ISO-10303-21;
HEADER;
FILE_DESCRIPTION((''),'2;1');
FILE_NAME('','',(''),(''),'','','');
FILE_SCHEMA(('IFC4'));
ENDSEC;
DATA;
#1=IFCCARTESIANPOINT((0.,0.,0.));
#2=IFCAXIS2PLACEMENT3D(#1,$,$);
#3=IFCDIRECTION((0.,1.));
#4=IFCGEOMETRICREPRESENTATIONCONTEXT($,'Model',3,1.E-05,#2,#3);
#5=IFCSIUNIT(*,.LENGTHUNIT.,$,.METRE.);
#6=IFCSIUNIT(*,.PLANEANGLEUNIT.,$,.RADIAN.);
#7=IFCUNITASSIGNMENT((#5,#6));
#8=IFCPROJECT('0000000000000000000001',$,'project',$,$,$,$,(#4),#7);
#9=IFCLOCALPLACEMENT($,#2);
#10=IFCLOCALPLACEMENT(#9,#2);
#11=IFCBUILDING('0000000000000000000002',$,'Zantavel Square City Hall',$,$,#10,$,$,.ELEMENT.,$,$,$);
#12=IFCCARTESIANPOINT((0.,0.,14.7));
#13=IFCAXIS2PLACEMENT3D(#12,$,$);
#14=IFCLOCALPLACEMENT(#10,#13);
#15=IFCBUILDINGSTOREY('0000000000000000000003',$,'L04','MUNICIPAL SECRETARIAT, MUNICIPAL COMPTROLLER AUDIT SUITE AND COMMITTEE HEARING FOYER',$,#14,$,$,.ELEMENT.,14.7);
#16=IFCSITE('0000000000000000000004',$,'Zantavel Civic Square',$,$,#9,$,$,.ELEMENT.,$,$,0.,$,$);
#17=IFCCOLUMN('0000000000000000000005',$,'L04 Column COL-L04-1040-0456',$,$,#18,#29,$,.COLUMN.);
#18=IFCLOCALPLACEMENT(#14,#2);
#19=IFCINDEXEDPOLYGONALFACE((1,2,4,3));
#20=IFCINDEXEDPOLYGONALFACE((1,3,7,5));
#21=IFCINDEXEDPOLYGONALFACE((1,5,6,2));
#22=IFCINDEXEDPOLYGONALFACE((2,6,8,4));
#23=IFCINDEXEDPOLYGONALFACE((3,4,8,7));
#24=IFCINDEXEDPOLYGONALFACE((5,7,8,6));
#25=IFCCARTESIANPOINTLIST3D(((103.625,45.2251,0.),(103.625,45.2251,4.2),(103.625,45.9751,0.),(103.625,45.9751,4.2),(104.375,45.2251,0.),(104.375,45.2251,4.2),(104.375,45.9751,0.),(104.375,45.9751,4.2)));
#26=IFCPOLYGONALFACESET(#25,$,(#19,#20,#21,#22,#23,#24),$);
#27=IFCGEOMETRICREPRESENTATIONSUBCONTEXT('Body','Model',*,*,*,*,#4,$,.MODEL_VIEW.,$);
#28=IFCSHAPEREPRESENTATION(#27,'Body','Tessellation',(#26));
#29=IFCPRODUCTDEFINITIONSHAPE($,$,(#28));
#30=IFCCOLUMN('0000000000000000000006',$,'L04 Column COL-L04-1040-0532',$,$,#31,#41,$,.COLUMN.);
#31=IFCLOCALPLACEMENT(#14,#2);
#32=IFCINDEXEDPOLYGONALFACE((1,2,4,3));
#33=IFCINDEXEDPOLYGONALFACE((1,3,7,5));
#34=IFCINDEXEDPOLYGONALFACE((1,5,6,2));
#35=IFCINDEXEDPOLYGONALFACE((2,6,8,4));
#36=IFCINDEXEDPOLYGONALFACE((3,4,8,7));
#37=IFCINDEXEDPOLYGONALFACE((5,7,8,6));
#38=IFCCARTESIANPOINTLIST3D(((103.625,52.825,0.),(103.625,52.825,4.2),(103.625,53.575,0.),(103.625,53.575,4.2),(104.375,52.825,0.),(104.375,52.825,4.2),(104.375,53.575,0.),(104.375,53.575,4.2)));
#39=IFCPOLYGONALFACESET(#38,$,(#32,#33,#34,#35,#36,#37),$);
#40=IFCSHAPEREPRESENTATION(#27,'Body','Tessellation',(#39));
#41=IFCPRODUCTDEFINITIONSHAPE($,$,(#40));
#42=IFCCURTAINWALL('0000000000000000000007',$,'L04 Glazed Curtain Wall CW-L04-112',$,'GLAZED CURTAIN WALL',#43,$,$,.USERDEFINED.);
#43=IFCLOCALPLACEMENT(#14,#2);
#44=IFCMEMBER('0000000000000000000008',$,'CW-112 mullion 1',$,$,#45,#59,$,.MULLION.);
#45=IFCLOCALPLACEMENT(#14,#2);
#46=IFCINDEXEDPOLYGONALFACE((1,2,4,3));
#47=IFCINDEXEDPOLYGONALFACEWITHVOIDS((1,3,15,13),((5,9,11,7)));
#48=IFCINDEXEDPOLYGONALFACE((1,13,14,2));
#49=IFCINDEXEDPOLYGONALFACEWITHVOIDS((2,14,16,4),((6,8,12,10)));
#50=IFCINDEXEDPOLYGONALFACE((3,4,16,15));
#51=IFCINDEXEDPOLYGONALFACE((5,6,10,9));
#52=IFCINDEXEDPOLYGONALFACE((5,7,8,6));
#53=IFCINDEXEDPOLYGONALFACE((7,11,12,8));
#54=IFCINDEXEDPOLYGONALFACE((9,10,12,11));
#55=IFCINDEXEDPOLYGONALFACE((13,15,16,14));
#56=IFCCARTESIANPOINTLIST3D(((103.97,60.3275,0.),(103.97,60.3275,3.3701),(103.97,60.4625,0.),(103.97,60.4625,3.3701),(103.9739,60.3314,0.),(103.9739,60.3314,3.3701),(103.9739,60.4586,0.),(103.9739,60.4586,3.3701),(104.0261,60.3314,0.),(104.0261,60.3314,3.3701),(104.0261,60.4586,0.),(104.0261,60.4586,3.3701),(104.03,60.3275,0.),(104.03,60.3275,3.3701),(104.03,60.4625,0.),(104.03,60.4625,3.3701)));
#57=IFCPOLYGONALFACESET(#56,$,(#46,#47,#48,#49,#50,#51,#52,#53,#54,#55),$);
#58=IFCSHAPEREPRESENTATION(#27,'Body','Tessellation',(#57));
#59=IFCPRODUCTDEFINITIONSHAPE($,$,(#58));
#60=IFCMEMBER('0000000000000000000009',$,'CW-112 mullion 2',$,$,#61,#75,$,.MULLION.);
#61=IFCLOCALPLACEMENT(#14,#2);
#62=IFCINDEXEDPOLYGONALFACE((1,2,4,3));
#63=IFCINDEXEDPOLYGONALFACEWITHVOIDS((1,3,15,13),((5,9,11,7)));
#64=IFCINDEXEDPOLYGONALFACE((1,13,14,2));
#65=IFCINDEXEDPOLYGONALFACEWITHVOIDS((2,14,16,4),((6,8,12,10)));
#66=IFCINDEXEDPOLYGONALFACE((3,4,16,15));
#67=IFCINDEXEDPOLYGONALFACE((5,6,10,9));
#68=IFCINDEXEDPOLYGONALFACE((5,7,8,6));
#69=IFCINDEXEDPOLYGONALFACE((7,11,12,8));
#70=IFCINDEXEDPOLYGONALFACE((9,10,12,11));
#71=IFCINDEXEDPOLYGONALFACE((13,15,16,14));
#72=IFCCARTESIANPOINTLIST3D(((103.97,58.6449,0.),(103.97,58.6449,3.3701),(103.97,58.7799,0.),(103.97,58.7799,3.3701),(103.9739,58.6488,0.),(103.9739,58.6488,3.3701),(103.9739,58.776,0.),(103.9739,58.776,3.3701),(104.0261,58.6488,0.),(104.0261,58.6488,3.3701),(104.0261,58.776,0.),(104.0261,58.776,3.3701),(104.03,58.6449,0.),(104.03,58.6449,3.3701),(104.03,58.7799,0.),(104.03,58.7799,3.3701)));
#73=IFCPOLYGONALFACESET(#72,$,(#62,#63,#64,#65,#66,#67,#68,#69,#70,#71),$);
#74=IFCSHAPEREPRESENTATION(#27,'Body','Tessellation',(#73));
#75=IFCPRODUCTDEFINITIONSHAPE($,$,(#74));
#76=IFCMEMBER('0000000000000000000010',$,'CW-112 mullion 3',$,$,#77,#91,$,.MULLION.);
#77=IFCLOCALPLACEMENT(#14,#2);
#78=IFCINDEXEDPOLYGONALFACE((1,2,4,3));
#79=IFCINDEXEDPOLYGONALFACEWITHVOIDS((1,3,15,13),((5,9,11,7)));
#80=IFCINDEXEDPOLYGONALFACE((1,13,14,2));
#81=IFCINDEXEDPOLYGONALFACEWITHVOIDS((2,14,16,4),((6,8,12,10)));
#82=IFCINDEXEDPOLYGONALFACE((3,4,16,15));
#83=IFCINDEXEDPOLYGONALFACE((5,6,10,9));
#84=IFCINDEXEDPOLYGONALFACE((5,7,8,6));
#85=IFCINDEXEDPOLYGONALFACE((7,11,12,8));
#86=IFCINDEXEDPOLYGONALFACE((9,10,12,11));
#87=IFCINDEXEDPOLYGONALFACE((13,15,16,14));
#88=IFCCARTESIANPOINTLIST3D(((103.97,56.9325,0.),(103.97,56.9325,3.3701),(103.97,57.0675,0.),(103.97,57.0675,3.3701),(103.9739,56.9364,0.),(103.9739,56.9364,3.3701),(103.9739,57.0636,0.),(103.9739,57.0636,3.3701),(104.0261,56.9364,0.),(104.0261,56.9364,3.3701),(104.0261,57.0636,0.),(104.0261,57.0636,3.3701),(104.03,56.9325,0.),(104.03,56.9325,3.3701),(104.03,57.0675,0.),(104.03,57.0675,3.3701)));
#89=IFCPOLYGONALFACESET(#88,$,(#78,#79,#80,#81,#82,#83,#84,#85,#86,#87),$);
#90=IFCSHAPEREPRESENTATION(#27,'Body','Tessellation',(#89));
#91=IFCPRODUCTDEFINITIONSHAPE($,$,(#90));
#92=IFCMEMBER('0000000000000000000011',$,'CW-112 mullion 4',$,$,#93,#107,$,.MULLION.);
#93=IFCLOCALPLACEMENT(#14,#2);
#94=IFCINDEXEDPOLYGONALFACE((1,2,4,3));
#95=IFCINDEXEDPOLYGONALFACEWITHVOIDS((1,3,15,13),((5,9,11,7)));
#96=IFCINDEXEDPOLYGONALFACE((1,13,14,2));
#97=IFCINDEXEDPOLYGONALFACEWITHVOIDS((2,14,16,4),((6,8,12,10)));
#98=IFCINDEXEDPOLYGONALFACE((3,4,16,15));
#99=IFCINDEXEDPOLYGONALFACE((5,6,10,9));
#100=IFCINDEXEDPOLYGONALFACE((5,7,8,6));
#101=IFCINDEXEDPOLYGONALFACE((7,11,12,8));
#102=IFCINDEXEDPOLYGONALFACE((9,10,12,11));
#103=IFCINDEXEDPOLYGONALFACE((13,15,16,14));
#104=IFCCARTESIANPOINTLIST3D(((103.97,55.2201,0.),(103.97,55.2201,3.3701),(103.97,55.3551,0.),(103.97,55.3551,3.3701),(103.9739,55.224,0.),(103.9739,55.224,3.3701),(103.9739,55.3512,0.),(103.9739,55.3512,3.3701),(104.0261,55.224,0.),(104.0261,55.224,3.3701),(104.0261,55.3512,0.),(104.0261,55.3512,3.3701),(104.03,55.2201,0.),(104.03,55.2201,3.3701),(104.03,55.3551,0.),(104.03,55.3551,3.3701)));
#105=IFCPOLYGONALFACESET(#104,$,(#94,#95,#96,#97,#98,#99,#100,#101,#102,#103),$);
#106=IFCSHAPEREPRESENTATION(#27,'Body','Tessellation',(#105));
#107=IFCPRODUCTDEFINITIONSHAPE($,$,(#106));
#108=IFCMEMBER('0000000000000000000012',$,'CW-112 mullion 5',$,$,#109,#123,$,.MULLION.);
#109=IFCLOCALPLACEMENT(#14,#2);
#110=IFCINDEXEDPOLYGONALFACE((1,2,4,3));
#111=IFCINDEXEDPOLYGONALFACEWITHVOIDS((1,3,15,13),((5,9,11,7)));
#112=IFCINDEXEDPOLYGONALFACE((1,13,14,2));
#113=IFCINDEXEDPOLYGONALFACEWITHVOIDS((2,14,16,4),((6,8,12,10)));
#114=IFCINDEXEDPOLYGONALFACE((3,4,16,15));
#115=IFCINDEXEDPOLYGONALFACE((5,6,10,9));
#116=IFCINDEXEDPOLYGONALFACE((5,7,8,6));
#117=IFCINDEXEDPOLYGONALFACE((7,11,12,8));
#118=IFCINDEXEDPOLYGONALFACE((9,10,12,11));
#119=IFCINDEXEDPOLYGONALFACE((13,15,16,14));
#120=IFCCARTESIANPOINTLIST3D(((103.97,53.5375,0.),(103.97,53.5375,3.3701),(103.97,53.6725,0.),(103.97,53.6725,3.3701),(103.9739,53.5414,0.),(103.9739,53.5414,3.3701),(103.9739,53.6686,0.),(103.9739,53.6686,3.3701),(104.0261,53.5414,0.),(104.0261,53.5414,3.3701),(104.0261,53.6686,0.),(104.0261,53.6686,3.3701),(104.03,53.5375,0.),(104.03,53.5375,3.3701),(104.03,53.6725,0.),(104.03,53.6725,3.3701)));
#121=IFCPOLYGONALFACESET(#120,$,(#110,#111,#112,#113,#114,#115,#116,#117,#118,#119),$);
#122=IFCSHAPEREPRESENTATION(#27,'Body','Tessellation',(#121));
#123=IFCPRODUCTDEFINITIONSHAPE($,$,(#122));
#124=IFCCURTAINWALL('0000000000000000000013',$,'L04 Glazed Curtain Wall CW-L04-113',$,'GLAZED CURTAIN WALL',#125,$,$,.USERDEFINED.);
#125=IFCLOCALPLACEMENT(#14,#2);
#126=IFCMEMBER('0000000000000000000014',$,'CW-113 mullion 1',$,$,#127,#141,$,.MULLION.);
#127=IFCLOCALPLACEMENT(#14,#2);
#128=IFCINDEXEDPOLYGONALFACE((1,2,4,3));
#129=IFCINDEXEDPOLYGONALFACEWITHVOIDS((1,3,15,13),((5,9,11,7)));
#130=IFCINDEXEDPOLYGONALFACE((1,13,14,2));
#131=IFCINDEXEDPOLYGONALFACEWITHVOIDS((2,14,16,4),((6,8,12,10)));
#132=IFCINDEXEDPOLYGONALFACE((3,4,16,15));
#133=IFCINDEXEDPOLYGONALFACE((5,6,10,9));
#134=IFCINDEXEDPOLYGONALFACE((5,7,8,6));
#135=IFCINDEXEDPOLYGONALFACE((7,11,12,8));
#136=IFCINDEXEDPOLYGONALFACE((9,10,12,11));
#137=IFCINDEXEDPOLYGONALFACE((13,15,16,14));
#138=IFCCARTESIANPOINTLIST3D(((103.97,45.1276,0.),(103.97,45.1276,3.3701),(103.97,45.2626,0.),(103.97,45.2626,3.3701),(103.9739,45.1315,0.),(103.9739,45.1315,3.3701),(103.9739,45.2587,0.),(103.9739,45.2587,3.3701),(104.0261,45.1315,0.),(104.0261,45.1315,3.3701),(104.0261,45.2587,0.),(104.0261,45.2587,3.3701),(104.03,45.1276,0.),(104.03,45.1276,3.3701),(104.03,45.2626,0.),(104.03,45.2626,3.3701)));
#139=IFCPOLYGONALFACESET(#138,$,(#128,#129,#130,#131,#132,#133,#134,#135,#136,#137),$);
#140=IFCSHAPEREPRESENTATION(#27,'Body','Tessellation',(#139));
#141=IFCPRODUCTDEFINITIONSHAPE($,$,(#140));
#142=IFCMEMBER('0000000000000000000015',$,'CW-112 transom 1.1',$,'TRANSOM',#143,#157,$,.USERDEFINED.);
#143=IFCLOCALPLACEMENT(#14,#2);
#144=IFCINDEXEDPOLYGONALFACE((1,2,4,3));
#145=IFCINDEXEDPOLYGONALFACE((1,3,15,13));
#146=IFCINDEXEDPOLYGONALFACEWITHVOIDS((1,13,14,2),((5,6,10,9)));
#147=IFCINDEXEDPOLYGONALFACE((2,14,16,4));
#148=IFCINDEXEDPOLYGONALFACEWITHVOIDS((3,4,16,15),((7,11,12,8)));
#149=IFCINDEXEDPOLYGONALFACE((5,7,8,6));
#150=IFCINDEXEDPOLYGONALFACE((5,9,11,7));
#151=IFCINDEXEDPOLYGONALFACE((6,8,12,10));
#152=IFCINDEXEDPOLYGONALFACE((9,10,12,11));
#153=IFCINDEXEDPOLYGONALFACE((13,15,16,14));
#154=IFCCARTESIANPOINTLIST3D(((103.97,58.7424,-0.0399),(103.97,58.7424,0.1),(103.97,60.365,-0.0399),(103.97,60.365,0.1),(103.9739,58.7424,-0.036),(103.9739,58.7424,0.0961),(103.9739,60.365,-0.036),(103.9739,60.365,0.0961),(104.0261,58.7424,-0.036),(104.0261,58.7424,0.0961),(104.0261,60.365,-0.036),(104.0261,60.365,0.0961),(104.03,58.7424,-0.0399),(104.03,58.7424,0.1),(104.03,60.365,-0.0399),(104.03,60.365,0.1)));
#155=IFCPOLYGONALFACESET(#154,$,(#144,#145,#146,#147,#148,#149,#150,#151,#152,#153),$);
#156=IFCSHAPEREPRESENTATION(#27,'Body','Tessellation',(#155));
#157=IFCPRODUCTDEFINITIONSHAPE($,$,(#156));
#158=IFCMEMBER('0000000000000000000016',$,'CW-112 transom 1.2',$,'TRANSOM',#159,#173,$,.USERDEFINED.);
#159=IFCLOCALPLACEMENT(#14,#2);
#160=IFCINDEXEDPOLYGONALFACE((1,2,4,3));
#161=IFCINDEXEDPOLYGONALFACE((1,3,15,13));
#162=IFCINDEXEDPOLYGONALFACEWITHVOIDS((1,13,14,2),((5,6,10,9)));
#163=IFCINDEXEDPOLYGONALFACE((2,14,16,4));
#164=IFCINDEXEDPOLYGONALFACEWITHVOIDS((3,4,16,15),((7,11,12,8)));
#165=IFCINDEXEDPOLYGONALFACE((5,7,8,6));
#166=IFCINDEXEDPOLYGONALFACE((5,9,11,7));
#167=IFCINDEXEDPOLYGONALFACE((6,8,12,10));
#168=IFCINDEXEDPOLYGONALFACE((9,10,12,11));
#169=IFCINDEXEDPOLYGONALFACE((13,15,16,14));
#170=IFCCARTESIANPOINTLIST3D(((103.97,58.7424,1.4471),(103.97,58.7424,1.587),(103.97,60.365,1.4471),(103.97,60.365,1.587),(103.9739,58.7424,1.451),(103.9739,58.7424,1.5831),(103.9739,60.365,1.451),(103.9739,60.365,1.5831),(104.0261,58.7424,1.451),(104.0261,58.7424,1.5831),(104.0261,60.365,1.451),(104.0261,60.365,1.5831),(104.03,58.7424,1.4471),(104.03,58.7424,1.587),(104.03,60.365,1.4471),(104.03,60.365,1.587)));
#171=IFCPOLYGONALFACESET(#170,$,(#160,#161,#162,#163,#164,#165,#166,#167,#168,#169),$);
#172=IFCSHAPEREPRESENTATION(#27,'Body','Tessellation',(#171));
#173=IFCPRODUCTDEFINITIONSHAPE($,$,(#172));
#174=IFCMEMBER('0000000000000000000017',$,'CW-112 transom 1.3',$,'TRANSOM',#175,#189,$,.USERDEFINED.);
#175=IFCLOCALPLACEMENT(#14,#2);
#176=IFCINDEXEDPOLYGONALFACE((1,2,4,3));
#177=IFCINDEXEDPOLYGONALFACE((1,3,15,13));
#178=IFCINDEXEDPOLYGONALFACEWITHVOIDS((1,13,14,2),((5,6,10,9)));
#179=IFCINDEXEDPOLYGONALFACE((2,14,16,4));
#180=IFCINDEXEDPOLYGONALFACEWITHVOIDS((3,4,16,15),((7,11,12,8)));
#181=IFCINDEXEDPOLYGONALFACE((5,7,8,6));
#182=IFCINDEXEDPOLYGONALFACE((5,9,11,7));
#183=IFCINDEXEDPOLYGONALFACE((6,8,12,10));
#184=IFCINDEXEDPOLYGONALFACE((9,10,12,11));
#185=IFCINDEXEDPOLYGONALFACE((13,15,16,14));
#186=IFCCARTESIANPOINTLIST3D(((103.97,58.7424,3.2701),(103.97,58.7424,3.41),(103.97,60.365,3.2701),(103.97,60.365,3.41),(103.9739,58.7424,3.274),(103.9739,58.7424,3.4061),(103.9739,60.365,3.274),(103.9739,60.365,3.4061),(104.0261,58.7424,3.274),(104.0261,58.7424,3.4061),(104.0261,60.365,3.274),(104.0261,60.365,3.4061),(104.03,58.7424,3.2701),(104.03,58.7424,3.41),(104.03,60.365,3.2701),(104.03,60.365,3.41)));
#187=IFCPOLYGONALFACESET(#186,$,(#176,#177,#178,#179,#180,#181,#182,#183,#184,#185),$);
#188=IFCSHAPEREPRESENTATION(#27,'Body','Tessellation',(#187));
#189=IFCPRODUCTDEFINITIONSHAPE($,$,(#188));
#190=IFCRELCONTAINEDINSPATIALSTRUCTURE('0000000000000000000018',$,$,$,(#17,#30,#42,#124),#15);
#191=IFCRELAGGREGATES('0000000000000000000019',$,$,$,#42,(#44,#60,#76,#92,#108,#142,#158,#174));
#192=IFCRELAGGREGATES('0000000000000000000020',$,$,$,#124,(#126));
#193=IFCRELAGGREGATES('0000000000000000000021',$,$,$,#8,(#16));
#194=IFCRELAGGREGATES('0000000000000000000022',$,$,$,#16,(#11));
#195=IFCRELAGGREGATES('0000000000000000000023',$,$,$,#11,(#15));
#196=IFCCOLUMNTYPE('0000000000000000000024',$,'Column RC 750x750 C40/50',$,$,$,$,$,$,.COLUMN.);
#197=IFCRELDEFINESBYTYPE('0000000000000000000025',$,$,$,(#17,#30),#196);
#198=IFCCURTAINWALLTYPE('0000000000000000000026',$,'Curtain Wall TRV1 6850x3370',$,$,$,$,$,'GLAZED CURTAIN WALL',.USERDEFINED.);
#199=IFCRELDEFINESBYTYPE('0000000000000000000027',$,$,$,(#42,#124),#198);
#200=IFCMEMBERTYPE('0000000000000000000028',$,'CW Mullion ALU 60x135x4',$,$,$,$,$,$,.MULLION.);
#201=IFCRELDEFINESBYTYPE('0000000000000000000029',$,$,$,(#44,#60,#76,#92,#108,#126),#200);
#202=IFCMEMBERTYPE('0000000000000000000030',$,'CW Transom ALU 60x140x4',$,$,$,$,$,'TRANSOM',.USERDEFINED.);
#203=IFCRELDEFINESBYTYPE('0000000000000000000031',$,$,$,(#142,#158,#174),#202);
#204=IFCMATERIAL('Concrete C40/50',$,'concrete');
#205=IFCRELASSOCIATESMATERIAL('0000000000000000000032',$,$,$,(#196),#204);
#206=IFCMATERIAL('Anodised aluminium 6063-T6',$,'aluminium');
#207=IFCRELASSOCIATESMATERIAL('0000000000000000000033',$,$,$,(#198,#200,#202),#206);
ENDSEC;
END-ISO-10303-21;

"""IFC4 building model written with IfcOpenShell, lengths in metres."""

from ifc_helpers import new_model, si_unit, direction, frame, origin, origin_2d, place, context, subcontext, project, spatial, rectangle, hollow_rectangle, extrude, material, material_profile, profile_set, type_object, element, aggregate, save


model = new_model("IFC4")

# Units and contexts
model_context = context("Model", 3, precision=1e-05, world=origin(), true_north=direction((0.0, 1.0)))
body_context = subcontext(model_context, "Body", "Model", "MODEL_VIEW")
ifc_project = project(units=[si_unit("LENGTHUNIT", "METRE"), si_unit("PLANEANGLEUNIT", "RADIAN")], contexts=[model_context])

# Site, building, storey
site_placement = place(None, origin())
site = spatial("IfcSite", under=ifc_project, at=site_placement, Name="Zantavel Civic Square", CompositionType="ELEMENT", RefElevation=0.0)
building_placement = place(site_placement, origin())
building = spatial("IfcBuilding", under=site, at=building_placement, Name="Zantavel Square City Hall", CompositionType="ELEMENT")
storey_placement = place(building_placement, frame((0.0, 0.0, 14.7)))
storey = spatial("IfcBuildingStorey", under=building, at=storey_placement, Name="L04", Description="MUNICIPAL SECRETARIAT, MUNICIPAL COMPTROLLER AUDIT SUITE AND COMMITTEE HEARING FOYER", CompositionType="ELEMENT", Elevation=14.7)

# Columns
ifc_material_1 = material(Name="Concrete C40/50", Category="concrete")
ifc_material_profile_1 = material_profile(ifc_material_1, rectangle(XDim=0.75, YDim=0.75, at=origin_2d()), Name="RC 750x750")
ifc_profile_set_1 = profile_set([ifc_material_profile_1], Name="Concrete C40/50")
column_type = type_object("IfcColumnType", Name="Column RC 750x750 C40/50", PredefinedType="COLUMN", material=ifc_profile_set_1)
for number, where, z_axis, x_axis, name in (
    (1, (104.0, 45.6001, 0.0), (0.0, 0.0, 1.0), (1.0, 0.0, 0.0), "L04 Column COL-L04-1040-0456"),
    (2, (104.0, 53.2, 0.0), (0.0, 0.0, 1.0), (1.0, 0.0, 0.0), "L04 Column COL-L04-1040-0532"),
):
    element("IfcColumn", number, at=place(storey_placement, frame(where, z_axis=z_axis, x_axis=x_axis)), inside=storey, type_object=column_type, Name=name, PredefinedType="COLUMN", context=body_context, shape_type="SweptSolid", body=[
        extrude(rectangle(XDim=0.75, YDim=0.75, at=origin_2d()), origin(), (0.0, 0.0, 1.0), 4.2),
    ])

# Curtain wall, members
ifc_material_2 = material(Name="Anodised aluminium 6063-T6", Category="aluminium")
curtain_wall_type = type_object("IfcCurtainWallType", Name="Curtain Wall TRV1 6850x3370", ElementType="GLAZED CURTAIN WALL", PredefinedType="USERDEFINED", material=ifc_material_2)
curtain_wall_1_placement = place(storey_placement, origin())
curtain_wall_1 = element("IfcCurtainWall", 3, at=curtain_wall_1_placement, inside=storey, type_object=curtain_wall_type, Name="L04 Glazed Curtain Wall CW-L04-112", ObjectType="GLAZED CURTAIN WALL", PredefinedType="USERDEFINED")
ifc_material_profile_2 = material_profile(ifc_material_2, hollow_rectangle(XDim=0.0601, YDim=0.135, WallThickness=0.0039, at=origin_2d()), Name="ALU 60x135x4")
ifc_profile_set_2 = profile_set([ifc_material_profile_2], Name="Anodised aluminium 6063-T6")
member_type_1 = type_object("IfcMemberType", Name="CW Mullion ALU 60x135x4", PredefinedType="MULLION", material=ifc_profile_set_2)
member_1_placement = place(storey_placement, frame((104.0, 60.395, 0.0), z_axis=(0.0, 0.0, 1.0), x_axis=(1.0, 0.0, 0.0)))
member_1 = element("IfcMember", 4, at=member_1_placement, type_object=member_type_1, Name="CW-112 mullion 1", PredefinedType="MULLION", context=body_context, shape_type="SweptSolid", body=[
    extrude(hollow_rectangle(XDim=0.0601, YDim=0.135, WallThickness=0.0039, at=origin_2d()), origin(), (0.0, 0.0, 1.0), 3.3701),
])
member_2_placement = place(storey_placement, frame((104.0, 58.7124, 0.0), z_axis=(0.0, 0.0, 1.0), x_axis=(1.0, 0.0, 0.0)))
member_2 = element("IfcMember", 5, at=member_2_placement, type_object=member_type_1, Name="CW-112 mullion 2", PredefinedType="MULLION", context=body_context, shape_type="SweptSolid", body=[
    extrude(hollow_rectangle(XDim=0.0601, YDim=0.135, WallThickness=0.0039, at=origin_2d()), origin(), (0.0, 0.0, 1.0), 3.3701),
])
member_3_placement = place(storey_placement, frame((104.0, 57.0, 0.0), z_axis=(0.0, 0.0, 1.0), x_axis=(1.0, 0.0, 0.0)))
member_3 = element("IfcMember", 6, at=member_3_placement, type_object=member_type_1, Name="CW-112 mullion 3", PredefinedType="MULLION", context=body_context, shape_type="SweptSolid", body=[
    extrude(hollow_rectangle(XDim=0.0601, YDim=0.135, WallThickness=0.0039, at=origin_2d()), origin(), (0.0, 0.0, 1.0), 3.3701),
])
member_4_placement = place(storey_placement, frame((104.0, 55.2876, 0.0), z_axis=(0.0, 0.0, 1.0), x_axis=(1.0, 0.0, 0.0)))
member_4 = element("IfcMember", 7, at=member_4_placement, type_object=member_type_1, Name="CW-112 mullion 4", PredefinedType="MULLION", context=body_context, shape_type="SweptSolid", body=[
    extrude(hollow_rectangle(XDim=0.0601, YDim=0.135, WallThickness=0.0039, at=origin_2d()), origin(), (0.0, 0.0, 1.0), 3.3701),
])
member_5_placement = place(storey_placement, frame((104.0, 53.605, 0.0), z_axis=(0.0, 0.0, 1.0), x_axis=(1.0, 0.0, 0.0)))
member_5 = element("IfcMember", 8, at=member_5_placement, type_object=member_type_1, Name="CW-112 mullion 5", PredefinedType="MULLION", context=body_context, shape_type="SweptSolid", body=[
    extrude(hollow_rectangle(XDim=0.0601, YDim=0.135, WallThickness=0.0039, at=origin_2d()), origin(), (0.0, 0.0, 1.0), 3.3701),
])

# Curtain wall, member
curtain_wall_2_placement = place(storey_placement, origin())
curtain_wall_2 = element("IfcCurtainWall", 9, at=curtain_wall_2_placement, inside=storey, type_object=curtain_wall_type, Name="L04 Glazed Curtain Wall CW-L04-113", ObjectType="GLAZED CURTAIN WALL", PredefinedType="USERDEFINED")
member_6_placement = place(storey_placement, frame((104.0, 45.1951, 0.0), z_axis=(0.0, 0.0, 1.0), x_axis=(1.0, 0.0, 0.0)))
member_6 = element("IfcMember", 10, at=member_6_placement, type_object=member_type_1, Name="CW-113 mullion 1", PredefinedType="MULLION", context=body_context, shape_type="SweptSolid", body=[
    extrude(hollow_rectangle(XDim=0.0601, YDim=0.135, WallThickness=0.0039, at=origin_2d()), origin(), (0.0, 0.0, 1.0), 3.3701),
])

# Members
ifc_material_profile_3 = material_profile(ifc_material_2, hollow_rectangle(XDim=0.0601, YDim=0.1399, WallThickness=0.0039, at=origin_2d()), Name="ALU 60x140x4")
ifc_profile_set_3 = profile_set([ifc_material_profile_3], Name="Anodised aluminium 6063-T6")
member_type_2 = type_object("IfcMemberType", Name="CW Transom ALU 60x140x4", ElementType="TRANSOM", PredefinedType="USERDEFINED", material=ifc_profile_set_3)
member_7_placement = place(storey_placement, frame((104.0, 60.365, 0.03), z_axis=(0.0, -1.0, 0.0), x_axis=(1.0, 0.0, 0.0)))
member_7 = element("IfcMember", 11, at=member_7_placement, type_object=member_type_2, Name="CW-112 transom 1.1", ObjectType="TRANSOM", PredefinedType="USERDEFINED", context=body_context, shape_type="SweptSolid", body=[
    extrude(hollow_rectangle(XDim=0.0601, YDim=0.1399, WallThickness=0.0039, at=origin_2d()), origin(), (0.0, 0.0, 1.0), 1.6226),
])
member_8_placement = place(storey_placement, frame((104.0, 60.365, 1.5171), z_axis=(0.0, -1.0, 0.0), x_axis=(1.0, 0.0, 0.0)))
member_8 = element("IfcMember", 12, at=member_8_placement, type_object=member_type_2, Name="CW-112 transom 1.2", ObjectType="TRANSOM", PredefinedType="USERDEFINED", context=body_context, shape_type="SweptSolid", body=[
    extrude(hollow_rectangle(XDim=0.0601, YDim=0.1399, WallThickness=0.0039, at=origin_2d()), origin(), (0.0, 0.0, 1.0), 1.6226),
])
member_9_placement = place(storey_placement, frame((104.0, 60.365, 3.3401), z_axis=(0.0, -1.0, 0.0), x_axis=(1.0, 0.0, 0.0)))
member_9 = element("IfcMember", 13, at=member_9_placement, type_object=member_type_2, Name="CW-112 transom 1.3", ObjectType="TRANSOM", PredefinedType="USERDEFINED", context=body_context, shape_type="SweptSolid", body=[
    extrude(hollow_rectangle(XDim=0.0601, YDim=0.1399, WallThickness=0.0039, at=origin_2d()), origin(), (0.0, 0.0, 1.0), 1.6226),
])

aggregate(curtain_wall_1, [member_1, member_2, member_3, member_4, member_5, member_7, member_8, member_9])
aggregate(curtain_wall_2, [member_6])

save(model, "model.ifc")
